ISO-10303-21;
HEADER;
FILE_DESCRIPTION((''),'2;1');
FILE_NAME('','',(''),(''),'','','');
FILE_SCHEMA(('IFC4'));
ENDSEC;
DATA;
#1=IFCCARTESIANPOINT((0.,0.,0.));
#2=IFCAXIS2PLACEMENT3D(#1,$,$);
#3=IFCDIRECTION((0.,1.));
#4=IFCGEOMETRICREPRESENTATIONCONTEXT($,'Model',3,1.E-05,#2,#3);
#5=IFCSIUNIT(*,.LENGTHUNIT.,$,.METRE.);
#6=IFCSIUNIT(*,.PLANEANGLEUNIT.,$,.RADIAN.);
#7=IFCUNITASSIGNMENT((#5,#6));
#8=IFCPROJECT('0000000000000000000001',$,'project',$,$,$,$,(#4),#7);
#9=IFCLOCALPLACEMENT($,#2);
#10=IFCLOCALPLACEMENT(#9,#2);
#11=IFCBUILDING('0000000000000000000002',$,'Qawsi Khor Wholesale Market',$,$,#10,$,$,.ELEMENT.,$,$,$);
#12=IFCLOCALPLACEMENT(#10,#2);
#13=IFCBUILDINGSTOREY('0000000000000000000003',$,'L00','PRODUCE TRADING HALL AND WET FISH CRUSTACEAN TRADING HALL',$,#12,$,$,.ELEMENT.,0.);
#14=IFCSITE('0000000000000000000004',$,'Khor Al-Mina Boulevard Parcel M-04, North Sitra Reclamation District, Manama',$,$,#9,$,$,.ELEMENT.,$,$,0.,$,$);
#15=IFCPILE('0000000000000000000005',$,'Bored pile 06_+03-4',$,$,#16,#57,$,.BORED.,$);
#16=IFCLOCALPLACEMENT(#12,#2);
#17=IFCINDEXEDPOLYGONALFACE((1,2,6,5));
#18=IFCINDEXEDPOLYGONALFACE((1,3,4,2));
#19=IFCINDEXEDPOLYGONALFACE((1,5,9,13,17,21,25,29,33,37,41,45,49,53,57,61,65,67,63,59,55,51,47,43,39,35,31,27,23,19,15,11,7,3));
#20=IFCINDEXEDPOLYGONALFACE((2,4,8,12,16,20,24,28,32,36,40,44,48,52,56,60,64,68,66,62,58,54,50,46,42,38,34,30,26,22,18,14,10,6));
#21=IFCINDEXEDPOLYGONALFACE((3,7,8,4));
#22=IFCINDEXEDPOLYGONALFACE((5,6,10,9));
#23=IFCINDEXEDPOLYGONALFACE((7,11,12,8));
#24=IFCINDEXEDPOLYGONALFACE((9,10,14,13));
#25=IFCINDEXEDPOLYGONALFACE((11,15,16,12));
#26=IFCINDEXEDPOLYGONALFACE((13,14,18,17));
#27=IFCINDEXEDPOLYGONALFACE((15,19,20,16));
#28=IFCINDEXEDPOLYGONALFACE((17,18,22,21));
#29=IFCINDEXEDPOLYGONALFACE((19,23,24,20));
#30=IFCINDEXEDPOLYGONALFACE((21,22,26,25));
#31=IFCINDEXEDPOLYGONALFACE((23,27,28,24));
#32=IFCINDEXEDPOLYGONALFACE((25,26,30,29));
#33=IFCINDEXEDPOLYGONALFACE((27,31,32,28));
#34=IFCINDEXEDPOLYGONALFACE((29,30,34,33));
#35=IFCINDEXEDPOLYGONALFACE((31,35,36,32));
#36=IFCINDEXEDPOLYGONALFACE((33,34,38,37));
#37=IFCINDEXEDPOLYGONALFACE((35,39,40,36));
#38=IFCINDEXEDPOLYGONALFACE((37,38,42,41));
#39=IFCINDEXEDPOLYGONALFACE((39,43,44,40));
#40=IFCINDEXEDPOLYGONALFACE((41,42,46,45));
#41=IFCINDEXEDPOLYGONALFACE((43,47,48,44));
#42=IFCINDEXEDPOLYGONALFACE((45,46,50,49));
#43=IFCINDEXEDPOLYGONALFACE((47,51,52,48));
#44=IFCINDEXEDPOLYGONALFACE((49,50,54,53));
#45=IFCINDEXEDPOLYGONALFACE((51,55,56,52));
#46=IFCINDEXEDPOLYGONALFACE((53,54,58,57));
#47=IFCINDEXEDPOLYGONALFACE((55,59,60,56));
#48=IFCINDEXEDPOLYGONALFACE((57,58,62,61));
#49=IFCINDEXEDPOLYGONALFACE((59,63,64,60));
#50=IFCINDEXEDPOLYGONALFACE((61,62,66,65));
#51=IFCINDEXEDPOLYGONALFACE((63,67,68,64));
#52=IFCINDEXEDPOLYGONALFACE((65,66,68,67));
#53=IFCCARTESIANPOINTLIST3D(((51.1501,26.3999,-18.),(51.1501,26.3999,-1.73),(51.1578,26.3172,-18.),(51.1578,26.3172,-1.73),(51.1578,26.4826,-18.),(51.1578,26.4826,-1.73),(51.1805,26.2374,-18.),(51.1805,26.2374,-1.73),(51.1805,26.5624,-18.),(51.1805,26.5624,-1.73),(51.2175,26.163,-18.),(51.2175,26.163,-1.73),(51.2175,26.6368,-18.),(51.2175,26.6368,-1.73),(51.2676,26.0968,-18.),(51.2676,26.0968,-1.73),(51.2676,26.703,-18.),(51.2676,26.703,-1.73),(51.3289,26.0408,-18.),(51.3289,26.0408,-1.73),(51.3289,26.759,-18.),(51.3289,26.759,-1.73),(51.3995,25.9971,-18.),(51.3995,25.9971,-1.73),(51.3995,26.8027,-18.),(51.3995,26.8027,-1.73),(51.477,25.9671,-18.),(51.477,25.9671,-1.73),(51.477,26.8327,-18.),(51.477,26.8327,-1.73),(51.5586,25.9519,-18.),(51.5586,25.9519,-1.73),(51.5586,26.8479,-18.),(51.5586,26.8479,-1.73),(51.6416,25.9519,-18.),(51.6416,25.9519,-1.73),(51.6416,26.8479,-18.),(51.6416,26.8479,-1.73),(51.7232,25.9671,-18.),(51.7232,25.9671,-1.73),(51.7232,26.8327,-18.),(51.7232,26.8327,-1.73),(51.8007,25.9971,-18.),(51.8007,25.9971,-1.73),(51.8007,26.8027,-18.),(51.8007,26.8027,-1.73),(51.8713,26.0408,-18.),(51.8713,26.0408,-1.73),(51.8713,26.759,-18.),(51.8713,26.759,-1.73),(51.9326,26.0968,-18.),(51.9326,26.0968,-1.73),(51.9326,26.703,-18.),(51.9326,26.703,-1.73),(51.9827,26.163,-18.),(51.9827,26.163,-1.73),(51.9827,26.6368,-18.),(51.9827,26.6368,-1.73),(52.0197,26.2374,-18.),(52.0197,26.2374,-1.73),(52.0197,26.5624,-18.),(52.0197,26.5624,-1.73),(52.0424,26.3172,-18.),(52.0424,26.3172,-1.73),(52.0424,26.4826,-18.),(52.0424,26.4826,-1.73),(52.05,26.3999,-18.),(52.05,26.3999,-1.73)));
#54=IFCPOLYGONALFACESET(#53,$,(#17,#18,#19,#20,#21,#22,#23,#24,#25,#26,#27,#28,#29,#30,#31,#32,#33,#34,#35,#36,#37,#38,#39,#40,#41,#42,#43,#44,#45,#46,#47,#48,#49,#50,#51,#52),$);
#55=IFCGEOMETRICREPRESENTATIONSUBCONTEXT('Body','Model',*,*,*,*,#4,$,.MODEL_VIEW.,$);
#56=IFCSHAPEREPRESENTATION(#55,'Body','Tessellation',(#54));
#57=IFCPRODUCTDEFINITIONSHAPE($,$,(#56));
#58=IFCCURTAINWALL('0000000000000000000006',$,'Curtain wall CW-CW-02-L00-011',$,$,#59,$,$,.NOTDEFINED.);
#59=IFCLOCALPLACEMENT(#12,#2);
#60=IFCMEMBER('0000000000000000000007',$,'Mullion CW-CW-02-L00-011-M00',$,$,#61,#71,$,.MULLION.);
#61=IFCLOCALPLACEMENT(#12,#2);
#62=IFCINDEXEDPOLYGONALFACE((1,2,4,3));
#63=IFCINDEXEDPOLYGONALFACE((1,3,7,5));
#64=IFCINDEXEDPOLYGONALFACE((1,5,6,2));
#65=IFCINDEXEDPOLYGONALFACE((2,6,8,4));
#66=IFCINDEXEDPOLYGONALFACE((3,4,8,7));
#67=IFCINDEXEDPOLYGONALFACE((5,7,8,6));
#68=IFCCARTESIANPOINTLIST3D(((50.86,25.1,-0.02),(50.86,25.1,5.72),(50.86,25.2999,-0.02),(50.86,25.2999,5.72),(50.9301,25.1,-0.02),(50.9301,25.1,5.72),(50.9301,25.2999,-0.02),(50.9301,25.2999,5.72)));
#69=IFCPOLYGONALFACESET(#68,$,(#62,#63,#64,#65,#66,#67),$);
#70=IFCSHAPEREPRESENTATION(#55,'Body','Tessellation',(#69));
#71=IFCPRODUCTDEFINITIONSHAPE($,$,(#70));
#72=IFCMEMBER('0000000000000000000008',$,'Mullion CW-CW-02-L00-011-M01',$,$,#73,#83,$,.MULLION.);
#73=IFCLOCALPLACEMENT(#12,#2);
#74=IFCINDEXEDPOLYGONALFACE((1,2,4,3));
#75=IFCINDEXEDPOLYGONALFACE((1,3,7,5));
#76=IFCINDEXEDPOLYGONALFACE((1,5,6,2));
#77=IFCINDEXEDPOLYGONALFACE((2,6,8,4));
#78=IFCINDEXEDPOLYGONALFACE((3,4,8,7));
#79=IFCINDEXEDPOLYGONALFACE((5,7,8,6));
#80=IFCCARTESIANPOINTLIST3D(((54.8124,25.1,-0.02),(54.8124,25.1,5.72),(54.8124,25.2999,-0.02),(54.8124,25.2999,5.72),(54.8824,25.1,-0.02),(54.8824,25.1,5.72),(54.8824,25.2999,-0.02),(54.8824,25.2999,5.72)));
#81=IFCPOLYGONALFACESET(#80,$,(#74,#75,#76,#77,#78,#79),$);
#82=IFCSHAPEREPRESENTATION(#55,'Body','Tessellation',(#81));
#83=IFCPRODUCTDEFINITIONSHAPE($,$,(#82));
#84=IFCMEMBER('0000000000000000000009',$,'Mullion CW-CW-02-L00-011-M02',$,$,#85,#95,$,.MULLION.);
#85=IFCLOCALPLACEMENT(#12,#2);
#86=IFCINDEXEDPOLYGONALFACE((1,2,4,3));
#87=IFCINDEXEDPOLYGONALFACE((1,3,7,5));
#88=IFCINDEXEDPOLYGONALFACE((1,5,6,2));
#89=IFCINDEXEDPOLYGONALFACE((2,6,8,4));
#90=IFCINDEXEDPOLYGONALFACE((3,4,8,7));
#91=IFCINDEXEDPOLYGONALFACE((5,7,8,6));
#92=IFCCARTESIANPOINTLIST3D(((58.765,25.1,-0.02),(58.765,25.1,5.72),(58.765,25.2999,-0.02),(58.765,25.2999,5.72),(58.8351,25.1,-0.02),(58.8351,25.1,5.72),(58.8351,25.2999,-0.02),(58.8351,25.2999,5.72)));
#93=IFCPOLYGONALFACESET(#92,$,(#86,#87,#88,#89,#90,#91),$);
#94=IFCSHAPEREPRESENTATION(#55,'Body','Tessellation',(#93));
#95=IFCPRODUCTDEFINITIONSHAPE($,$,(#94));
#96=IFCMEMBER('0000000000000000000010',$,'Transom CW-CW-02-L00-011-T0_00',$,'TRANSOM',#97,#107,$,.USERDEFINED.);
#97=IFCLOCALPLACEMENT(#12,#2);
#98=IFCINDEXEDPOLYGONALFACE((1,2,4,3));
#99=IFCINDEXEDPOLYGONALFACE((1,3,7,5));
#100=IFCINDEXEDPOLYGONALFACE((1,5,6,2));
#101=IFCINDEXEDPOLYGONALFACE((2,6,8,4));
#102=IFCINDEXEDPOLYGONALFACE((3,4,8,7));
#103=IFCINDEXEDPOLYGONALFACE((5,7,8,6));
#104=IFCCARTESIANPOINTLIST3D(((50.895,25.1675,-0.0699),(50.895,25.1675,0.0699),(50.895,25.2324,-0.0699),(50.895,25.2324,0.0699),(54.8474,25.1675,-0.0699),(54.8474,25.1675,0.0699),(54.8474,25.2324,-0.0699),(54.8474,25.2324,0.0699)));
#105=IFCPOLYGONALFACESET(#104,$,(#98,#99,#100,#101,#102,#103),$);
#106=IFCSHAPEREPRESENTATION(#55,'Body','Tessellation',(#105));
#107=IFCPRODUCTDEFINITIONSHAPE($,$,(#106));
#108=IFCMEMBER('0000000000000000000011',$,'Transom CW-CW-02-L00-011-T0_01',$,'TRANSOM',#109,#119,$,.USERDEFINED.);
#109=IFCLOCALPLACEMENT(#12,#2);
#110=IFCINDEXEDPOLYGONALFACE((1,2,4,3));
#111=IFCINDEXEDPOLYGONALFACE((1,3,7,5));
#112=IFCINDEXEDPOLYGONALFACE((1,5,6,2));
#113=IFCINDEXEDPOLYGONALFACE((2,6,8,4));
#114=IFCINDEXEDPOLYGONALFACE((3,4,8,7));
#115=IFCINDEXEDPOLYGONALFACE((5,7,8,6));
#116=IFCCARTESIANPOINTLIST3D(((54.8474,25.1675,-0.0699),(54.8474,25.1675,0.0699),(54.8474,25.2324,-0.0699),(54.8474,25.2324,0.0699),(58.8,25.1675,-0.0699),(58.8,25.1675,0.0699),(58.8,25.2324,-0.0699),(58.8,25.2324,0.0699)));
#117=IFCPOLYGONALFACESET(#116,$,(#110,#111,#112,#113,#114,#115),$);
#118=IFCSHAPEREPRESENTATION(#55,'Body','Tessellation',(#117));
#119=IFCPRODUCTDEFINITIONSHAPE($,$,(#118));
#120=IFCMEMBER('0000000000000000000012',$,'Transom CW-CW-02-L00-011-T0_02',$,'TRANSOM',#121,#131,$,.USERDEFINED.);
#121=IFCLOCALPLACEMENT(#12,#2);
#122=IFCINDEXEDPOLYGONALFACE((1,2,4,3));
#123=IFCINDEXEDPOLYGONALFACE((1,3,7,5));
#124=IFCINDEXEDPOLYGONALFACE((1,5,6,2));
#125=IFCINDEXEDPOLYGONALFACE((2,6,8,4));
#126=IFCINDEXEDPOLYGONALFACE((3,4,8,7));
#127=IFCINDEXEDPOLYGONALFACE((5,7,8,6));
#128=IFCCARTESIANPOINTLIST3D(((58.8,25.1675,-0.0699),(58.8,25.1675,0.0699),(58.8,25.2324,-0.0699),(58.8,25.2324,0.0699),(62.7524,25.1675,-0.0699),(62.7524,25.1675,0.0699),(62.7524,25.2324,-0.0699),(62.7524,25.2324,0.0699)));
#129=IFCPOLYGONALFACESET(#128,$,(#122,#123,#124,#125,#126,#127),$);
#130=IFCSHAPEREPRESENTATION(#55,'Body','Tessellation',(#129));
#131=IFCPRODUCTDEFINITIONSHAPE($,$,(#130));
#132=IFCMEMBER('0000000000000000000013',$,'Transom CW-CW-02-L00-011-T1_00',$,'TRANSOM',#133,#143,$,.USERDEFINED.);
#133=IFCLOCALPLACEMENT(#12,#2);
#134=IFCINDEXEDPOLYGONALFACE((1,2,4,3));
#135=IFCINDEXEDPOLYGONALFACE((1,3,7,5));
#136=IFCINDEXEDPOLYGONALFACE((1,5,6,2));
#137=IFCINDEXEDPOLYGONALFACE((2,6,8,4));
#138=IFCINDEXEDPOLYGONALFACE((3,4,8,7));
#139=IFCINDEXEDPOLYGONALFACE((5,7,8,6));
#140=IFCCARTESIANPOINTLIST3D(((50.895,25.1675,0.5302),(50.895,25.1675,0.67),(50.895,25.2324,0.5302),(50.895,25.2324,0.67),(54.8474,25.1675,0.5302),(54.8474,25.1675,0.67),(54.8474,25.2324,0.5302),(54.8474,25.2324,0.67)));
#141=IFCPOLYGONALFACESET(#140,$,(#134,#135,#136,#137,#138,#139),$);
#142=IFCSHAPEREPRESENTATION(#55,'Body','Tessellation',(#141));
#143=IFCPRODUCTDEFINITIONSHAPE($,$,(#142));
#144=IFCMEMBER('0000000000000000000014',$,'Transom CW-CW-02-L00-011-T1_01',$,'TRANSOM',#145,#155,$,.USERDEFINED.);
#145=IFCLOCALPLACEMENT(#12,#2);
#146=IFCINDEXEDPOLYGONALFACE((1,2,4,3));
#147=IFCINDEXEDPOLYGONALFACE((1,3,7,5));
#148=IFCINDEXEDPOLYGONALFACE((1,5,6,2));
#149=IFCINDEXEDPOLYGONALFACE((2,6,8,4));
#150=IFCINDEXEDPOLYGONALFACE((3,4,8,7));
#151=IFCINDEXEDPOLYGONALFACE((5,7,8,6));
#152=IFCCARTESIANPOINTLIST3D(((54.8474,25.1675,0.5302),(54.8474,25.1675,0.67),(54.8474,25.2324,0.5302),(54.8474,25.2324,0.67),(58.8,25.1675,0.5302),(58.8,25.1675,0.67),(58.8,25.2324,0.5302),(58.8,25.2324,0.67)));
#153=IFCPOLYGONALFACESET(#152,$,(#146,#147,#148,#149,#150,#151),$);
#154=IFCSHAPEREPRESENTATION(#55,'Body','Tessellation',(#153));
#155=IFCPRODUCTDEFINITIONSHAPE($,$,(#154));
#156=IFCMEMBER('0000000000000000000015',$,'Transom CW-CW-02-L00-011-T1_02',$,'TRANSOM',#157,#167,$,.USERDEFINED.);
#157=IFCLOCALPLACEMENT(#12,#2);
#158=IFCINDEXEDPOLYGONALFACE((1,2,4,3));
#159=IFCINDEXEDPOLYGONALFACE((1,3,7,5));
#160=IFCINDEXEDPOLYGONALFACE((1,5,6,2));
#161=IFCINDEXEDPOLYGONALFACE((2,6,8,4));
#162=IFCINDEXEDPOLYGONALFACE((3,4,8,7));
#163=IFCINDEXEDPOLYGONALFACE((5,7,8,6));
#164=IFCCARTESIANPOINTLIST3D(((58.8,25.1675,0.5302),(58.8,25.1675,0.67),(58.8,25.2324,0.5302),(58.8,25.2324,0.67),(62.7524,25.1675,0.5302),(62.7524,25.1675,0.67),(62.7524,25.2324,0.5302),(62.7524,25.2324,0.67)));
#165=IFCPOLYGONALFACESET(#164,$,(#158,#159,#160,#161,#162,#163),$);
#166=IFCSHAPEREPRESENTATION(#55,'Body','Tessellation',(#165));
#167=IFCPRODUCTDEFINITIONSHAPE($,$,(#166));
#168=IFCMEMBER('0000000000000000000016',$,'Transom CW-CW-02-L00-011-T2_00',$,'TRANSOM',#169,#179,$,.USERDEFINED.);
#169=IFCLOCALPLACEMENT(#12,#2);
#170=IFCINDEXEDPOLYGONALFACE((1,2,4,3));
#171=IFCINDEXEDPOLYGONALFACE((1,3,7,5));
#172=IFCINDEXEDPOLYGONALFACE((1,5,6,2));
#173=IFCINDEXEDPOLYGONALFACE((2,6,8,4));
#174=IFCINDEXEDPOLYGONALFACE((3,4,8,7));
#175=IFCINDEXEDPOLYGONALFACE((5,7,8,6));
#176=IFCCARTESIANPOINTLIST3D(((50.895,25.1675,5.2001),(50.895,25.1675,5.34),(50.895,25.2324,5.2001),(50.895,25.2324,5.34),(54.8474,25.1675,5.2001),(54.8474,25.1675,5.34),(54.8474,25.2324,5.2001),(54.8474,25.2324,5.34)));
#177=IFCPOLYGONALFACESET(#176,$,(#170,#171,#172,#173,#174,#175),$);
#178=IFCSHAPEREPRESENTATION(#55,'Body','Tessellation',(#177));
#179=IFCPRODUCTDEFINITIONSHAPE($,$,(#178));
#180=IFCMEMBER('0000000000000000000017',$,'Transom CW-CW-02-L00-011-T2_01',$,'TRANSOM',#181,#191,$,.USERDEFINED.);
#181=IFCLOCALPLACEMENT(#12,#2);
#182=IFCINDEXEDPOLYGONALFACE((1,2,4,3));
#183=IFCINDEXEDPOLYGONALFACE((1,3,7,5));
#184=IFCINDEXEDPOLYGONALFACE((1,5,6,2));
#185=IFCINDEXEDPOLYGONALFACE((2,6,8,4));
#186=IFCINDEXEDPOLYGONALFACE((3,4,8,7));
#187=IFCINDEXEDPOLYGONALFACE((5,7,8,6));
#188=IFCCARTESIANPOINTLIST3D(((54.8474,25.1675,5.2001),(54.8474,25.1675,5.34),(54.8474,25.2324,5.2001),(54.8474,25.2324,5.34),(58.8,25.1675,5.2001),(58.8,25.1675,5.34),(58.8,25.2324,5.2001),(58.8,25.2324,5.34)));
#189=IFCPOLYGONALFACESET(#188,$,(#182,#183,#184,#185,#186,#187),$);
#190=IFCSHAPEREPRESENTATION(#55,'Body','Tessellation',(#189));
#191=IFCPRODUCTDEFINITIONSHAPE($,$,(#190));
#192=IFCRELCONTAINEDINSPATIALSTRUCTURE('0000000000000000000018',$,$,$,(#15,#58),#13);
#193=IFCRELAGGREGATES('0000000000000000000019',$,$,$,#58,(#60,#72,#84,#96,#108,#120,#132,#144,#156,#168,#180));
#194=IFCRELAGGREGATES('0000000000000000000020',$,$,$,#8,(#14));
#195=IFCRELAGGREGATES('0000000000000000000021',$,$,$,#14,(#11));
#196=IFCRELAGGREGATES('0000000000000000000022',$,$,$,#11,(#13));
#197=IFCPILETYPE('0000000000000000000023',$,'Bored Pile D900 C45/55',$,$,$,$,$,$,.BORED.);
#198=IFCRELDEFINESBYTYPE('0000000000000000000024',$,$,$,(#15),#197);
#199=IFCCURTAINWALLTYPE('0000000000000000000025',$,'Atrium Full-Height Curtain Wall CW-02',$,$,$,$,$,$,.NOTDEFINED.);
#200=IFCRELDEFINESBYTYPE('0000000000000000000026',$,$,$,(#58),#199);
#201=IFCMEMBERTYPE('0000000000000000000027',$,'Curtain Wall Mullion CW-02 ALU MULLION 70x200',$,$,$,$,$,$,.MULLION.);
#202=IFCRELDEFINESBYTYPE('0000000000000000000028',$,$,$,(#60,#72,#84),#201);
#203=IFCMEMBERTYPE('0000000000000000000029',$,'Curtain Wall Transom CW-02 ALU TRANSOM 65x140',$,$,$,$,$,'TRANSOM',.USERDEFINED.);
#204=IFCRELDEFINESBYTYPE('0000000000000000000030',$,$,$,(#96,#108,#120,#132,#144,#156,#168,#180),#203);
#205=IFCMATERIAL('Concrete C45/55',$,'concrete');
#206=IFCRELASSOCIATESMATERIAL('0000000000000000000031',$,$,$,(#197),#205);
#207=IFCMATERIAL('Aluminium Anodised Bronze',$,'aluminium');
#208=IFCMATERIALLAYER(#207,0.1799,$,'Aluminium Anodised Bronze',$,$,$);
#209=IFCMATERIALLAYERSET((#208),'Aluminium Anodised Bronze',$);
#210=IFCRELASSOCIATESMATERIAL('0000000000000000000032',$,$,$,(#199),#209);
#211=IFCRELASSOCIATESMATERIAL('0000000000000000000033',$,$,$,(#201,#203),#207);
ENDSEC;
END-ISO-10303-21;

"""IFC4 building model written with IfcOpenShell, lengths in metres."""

from ifc_helpers import new_model, si_unit, direction, frame, origin, origin_2d, place, context, subcontext, project, spatial, rectangle, circle, extrude, material, layer, layer_set, material_profile, profile_set, type_object, element, aggregate, save


model = new_model("IFC4")

# Units and contexts
model_context = context("Model", 3, precision=1e-05, world=origin(), true_north=direction((0.0, 1.0)))
body_context = subcontext(model_context, "Body", "Model", "MODEL_VIEW")
ifc_project = project(units=[si_unit("LENGTHUNIT", "METRE"), si_unit("PLANEANGLEUNIT", "RADIAN")], contexts=[model_context])

# Site, building, storey
site_placement = place(None, origin())
site = spatial("IfcSite", under=ifc_project, at=site_placement, Name="Khor Al-Mina Boulevard Parcel M-04, North Sitra Reclamation District, Manama", CompositionType="ELEMENT", RefElevation=0.0)
building_placement = place(site_placement, origin())
building = spatial("IfcBuilding", under=site, at=building_placement, Name="Qawsi Khor Wholesale Market", CompositionType="ELEMENT")
storey_placement = place(building_placement, origin())
storey = spatial("IfcBuildingStorey", under=building, at=storey_placement, Name="L00", Description="PRODUCE TRADING HALL AND WET FISH CRUSTACEAN TRADING HALL", CompositionType="ELEMENT", Elevation=0.0)

# Pile
ifc_material_1 = material(Name="Concrete C45/55", Category="concrete")
ifc_material_profile_1 = material_profile(ifc_material_1, circle(Radius=0.45, at=origin_2d()), Name="PILE D900")
ifc_profile_set_1 = profile_set([ifc_material_profile_1], Name="Concrete C45/55")
pile_type = type_object("IfcPileType", Name="Bored Pile D900 C45/55", PredefinedType="BORED", material=ifc_profile_set_1)
pile_placement = place(storey_placement, frame((51.6001, 26.3999, -1.73), z_axis=(0.0, 0.0, -1.0), x_axis=(1.0, 0.0, 0.0)))
element("IfcPile", 1, at=pile_placement, inside=storey, type_object=pile_type, Name="Bored pile 06_+03-4", PredefinedType="BORED", context=body_context, shape_type="SweptSolid", body=[
    extrude(circle(Radius=0.45, at=origin_2d()), origin(), (0.0, 0.0, 1.0), 16.27),
])

# Curtain wall, members
ifc_material_2 = material(Name="Aluminium Anodised Bronze", Category="aluminium")
ifc_layer_1 = layer(ifc_material_2, 0.1799, Name="Aluminium Anodised Bronze")
ifc_layer_set_1 = layer_set([ifc_layer_1], Name="Aluminium Anodised Bronze")
curtain_wall_type = type_object("IfcCurtainWallType", Name="Atrium Full-Height Curtain Wall CW-02", PredefinedType="NOTDEFINED", material=ifc_layer_set_1)
curtain_wall_1_placement = place(storey_placement, origin())
curtain_wall_1 = element("IfcCurtainWall", 2, at=curtain_wall_1_placement, inside=storey, type_object=curtain_wall_type, Name="Curtain wall CW-CW-02-L00-011", PredefinedType="NOTDEFINED")
ifc_material_profile_2 = material_profile(ifc_material_2, rectangle(XDim=0.0701, YDim=0.2, at=origin_2d()), Name="ALU MULLION 70x200")
ifc_profile_set_2 = profile_set([ifc_material_profile_2], Name="Aluminium Anodised Bronze")
member_type_1 = type_object("IfcMemberType", Name="Curtain Wall Mullion CW-02 ALU MULLION 70x200", PredefinedType="MULLION", material=ifc_profile_set_2)
member_1_placement = place(storey_placement, frame((50.895, 25.2, -0.02), z_axis=(0.0, 0.0, 1.0), x_axis=(1.0, 0.0, 0.0)))
member_1 = element("IfcMember", 3, at=member_1_placement, type_object=member_type_1, Name="Mullion CW-CW-02-L00-011-M00", PredefinedType="MULLION", context=body_context, shape_type="SweptSolid", body=[
    extrude(rectangle(XDim=0.0701, YDim=0.2, at=origin_2d()), origin(), (0.0, 0.0, 1.0), 5.74),
])
member_2_placement = place(storey_placement, frame((54.8474, 25.2, -0.02), z_axis=(0.0, 0.0, 1.0), x_axis=(1.0, 0.0, 0.0)))
member_2 = element("IfcMember", 4, at=member_2_placement, type_object=member_type_1, Name="Mullion CW-CW-02-L00-011-M01", PredefinedType="MULLION", context=body_context, shape_type="SweptSolid", body=[
    extrude(rectangle(XDim=0.0701, YDim=0.2, at=origin_2d()), origin(), (0.0, 0.0, 1.0), 5.74),
])
member_3_placement = place(storey_placement, frame((58.8, 25.2, -0.02), z_axis=(0.0, 0.0, 1.0), x_axis=(1.0, 0.0, 0.0)))
member_3 = element("IfcMember", 5, at=member_3_placement, type_object=member_type_1, Name="Mullion CW-CW-02-L00-011-M02", PredefinedType="MULLION", context=body_context, shape_type="SweptSolid", body=[
    extrude(rectangle(XDim=0.0701, YDim=0.2, at=origin_2d()), origin(), (0.0, 0.0, 1.0), 5.74),
])
ifc_material_profile_3 = material_profile(ifc_material_2, rectangle(XDim=0.0649, YDim=0.1399, at=origin_2d()), Name="ALU TRANSOM 65x140")
ifc_profile_set_3 = profile_set([ifc_material_profile_3], Name="Aluminium Anodised Bronze")
member_type_2 = type_object("IfcMemberType", Name="Curtain Wall Transom CW-02 ALU TRANSOM 65x140", ElementType="TRANSOM", PredefinedType="USERDEFINED", material=ifc_profile_set_3)
member_4_placement = place(storey_placement, frame((50.895, 25.2, 0.0), z_axis=(1.0, 0.0, 0.0), x_axis=(0.0, 1.0, 0.0)))
member_4 = element("IfcMember", 6, at=member_4_placement, type_object=member_type_2, Name="Transom CW-CW-02-L00-011-T0_00", ObjectType="TRANSOM", PredefinedType="USERDEFINED", context=body_context, shape_type="SweptSolid", body=[
    extrude(rectangle(XDim=0.0649, YDim=0.1399, at=origin_2d()), origin(), (0.0, 0.0, 1.0), 3.9524),
])
member_5_placement = place(storey_placement, frame((54.8474, 25.2, 0.0), z_axis=(1.0, 0.0, 0.0), x_axis=(0.0, 1.0, 0.0)))
member_5 = element("IfcMember", 7, at=member_5_placement, type_object=member_type_2, Name="Transom CW-CW-02-L00-011-T0_01", ObjectType="TRANSOM", PredefinedType="USERDEFINED", context=body_context, shape_type="SweptSolid", body=[
    extrude(rectangle(XDim=0.0649, YDim=0.1399, at=origin_2d()), origin(), (0.0, 0.0, 1.0), 3.9526),
])
member_6_placement = place(storey_placement, frame((58.8, 25.2, 0.0), z_axis=(1.0, 0.0, 0.0), x_axis=(0.0, 1.0, 0.0)))
member_6 = element("IfcMember", 8, at=member_6_placement, type_object=member_type_2, Name="Transom CW-CW-02-L00-011-T0_02", ObjectType="TRANSOM", PredefinedType="USERDEFINED", context=body_context, shape_type="SweptSolid", body=[
    extrude(rectangle(XDim=0.0649, YDim=0.1399, at=origin_2d()), origin(), (0.0, 0.0, 1.0), 3.9524),
])
member_7_placement = place(storey_placement, frame((50.895, 25.2, 0.6001), z_axis=(1.0, 0.0, 0.0), x_axis=(0.0, 1.0, 0.0)))
member_7 = element("IfcMember", 9, at=member_7_placement, type_object=member_type_2, Name="Transom CW-CW-02-L00-011-T1_00", ObjectType="TRANSOM", PredefinedType="USERDEFINED", context=body_context, shape_type="SweptSolid", body=[
    extrude(rectangle(XDim=0.0649, YDim=0.1399, at=origin_2d()), origin(), (0.0, 0.0, 1.0), 3.9524),
])
member_8_placement = place(storey_placement, frame((54.8474, 25.2, 0.6001), z_axis=(1.0, 0.0, 0.0), x_axis=(0.0, 1.0, 0.0)))
member_8 = element("IfcMember", 10, at=member_8_placement, type_object=member_type_2, Name="Transom CW-CW-02-L00-011-T1_01", ObjectType="TRANSOM", PredefinedType="USERDEFINED", context=body_context, shape_type="SweptSolid", body=[
    extrude(rectangle(XDim=0.0649, YDim=0.1399, at=origin_2d()), origin(), (0.0, 0.0, 1.0), 3.9526),
])
member_9_placement = place(storey_placement, frame((58.8, 25.2, 0.6001), z_axis=(1.0, 0.0, 0.0), x_axis=(0.0, 1.0, 0.0)))
member_9 = element("IfcMember", 11, at=member_9_placement, type_object=member_type_2, Name="Transom CW-CW-02-L00-011-T1_02", ObjectType="TRANSOM", PredefinedType="USERDEFINED", context=body_context, shape_type="SweptSolid", body=[
    extrude(rectangle(XDim=0.0649, YDim=0.1399, at=origin_2d()), origin(), (0.0, 0.0, 1.0), 3.9524),
])
member_10_placement = place(storey_placement, frame((50.895, 25.2, 5.27), z_axis=(1.0, 0.0, 0.0), x_axis=(0.0, 1.0, 0.0)))
member_10 = element("IfcMember", 12, at=member_10_placement, type_object=member_type_2, Name="Transom CW-CW-02-L00-011-T2_00", ObjectType="TRANSOM", PredefinedType="USERDEFINED", context=body_context, shape_type="SweptSolid", body=[
    extrude(rectangle(XDim=0.0649, YDim=0.1399, at=origin_2d()), origin(), (0.0, 0.0, 1.0), 3.9524),
])
member_11_placement = place(storey_placement, frame((54.8474, 25.2, 5.27), z_axis=(1.0, 0.0, 0.0), x_axis=(0.0, 1.0, 0.0)))
member_11 = element("IfcMember", 13, at=member_11_placement, type_object=member_type_2, Name="Transom CW-CW-02-L00-011-T2_01", ObjectType="TRANSOM", PredefinedType="USERDEFINED", context=body_context, shape_type="SweptSolid", body=[
    extrude(rectangle(XDim=0.0649, YDim=0.1399, at=origin_2d()), origin(), (0.0, 0.0, 1.0), 3.9526),
])

aggregate(curtain_wall_1, [member_1, member_2, member_3, member_4, member_5, member_6, member_7, member_8, member_9, member_10, member_11])

save(model, "model.ifc")
